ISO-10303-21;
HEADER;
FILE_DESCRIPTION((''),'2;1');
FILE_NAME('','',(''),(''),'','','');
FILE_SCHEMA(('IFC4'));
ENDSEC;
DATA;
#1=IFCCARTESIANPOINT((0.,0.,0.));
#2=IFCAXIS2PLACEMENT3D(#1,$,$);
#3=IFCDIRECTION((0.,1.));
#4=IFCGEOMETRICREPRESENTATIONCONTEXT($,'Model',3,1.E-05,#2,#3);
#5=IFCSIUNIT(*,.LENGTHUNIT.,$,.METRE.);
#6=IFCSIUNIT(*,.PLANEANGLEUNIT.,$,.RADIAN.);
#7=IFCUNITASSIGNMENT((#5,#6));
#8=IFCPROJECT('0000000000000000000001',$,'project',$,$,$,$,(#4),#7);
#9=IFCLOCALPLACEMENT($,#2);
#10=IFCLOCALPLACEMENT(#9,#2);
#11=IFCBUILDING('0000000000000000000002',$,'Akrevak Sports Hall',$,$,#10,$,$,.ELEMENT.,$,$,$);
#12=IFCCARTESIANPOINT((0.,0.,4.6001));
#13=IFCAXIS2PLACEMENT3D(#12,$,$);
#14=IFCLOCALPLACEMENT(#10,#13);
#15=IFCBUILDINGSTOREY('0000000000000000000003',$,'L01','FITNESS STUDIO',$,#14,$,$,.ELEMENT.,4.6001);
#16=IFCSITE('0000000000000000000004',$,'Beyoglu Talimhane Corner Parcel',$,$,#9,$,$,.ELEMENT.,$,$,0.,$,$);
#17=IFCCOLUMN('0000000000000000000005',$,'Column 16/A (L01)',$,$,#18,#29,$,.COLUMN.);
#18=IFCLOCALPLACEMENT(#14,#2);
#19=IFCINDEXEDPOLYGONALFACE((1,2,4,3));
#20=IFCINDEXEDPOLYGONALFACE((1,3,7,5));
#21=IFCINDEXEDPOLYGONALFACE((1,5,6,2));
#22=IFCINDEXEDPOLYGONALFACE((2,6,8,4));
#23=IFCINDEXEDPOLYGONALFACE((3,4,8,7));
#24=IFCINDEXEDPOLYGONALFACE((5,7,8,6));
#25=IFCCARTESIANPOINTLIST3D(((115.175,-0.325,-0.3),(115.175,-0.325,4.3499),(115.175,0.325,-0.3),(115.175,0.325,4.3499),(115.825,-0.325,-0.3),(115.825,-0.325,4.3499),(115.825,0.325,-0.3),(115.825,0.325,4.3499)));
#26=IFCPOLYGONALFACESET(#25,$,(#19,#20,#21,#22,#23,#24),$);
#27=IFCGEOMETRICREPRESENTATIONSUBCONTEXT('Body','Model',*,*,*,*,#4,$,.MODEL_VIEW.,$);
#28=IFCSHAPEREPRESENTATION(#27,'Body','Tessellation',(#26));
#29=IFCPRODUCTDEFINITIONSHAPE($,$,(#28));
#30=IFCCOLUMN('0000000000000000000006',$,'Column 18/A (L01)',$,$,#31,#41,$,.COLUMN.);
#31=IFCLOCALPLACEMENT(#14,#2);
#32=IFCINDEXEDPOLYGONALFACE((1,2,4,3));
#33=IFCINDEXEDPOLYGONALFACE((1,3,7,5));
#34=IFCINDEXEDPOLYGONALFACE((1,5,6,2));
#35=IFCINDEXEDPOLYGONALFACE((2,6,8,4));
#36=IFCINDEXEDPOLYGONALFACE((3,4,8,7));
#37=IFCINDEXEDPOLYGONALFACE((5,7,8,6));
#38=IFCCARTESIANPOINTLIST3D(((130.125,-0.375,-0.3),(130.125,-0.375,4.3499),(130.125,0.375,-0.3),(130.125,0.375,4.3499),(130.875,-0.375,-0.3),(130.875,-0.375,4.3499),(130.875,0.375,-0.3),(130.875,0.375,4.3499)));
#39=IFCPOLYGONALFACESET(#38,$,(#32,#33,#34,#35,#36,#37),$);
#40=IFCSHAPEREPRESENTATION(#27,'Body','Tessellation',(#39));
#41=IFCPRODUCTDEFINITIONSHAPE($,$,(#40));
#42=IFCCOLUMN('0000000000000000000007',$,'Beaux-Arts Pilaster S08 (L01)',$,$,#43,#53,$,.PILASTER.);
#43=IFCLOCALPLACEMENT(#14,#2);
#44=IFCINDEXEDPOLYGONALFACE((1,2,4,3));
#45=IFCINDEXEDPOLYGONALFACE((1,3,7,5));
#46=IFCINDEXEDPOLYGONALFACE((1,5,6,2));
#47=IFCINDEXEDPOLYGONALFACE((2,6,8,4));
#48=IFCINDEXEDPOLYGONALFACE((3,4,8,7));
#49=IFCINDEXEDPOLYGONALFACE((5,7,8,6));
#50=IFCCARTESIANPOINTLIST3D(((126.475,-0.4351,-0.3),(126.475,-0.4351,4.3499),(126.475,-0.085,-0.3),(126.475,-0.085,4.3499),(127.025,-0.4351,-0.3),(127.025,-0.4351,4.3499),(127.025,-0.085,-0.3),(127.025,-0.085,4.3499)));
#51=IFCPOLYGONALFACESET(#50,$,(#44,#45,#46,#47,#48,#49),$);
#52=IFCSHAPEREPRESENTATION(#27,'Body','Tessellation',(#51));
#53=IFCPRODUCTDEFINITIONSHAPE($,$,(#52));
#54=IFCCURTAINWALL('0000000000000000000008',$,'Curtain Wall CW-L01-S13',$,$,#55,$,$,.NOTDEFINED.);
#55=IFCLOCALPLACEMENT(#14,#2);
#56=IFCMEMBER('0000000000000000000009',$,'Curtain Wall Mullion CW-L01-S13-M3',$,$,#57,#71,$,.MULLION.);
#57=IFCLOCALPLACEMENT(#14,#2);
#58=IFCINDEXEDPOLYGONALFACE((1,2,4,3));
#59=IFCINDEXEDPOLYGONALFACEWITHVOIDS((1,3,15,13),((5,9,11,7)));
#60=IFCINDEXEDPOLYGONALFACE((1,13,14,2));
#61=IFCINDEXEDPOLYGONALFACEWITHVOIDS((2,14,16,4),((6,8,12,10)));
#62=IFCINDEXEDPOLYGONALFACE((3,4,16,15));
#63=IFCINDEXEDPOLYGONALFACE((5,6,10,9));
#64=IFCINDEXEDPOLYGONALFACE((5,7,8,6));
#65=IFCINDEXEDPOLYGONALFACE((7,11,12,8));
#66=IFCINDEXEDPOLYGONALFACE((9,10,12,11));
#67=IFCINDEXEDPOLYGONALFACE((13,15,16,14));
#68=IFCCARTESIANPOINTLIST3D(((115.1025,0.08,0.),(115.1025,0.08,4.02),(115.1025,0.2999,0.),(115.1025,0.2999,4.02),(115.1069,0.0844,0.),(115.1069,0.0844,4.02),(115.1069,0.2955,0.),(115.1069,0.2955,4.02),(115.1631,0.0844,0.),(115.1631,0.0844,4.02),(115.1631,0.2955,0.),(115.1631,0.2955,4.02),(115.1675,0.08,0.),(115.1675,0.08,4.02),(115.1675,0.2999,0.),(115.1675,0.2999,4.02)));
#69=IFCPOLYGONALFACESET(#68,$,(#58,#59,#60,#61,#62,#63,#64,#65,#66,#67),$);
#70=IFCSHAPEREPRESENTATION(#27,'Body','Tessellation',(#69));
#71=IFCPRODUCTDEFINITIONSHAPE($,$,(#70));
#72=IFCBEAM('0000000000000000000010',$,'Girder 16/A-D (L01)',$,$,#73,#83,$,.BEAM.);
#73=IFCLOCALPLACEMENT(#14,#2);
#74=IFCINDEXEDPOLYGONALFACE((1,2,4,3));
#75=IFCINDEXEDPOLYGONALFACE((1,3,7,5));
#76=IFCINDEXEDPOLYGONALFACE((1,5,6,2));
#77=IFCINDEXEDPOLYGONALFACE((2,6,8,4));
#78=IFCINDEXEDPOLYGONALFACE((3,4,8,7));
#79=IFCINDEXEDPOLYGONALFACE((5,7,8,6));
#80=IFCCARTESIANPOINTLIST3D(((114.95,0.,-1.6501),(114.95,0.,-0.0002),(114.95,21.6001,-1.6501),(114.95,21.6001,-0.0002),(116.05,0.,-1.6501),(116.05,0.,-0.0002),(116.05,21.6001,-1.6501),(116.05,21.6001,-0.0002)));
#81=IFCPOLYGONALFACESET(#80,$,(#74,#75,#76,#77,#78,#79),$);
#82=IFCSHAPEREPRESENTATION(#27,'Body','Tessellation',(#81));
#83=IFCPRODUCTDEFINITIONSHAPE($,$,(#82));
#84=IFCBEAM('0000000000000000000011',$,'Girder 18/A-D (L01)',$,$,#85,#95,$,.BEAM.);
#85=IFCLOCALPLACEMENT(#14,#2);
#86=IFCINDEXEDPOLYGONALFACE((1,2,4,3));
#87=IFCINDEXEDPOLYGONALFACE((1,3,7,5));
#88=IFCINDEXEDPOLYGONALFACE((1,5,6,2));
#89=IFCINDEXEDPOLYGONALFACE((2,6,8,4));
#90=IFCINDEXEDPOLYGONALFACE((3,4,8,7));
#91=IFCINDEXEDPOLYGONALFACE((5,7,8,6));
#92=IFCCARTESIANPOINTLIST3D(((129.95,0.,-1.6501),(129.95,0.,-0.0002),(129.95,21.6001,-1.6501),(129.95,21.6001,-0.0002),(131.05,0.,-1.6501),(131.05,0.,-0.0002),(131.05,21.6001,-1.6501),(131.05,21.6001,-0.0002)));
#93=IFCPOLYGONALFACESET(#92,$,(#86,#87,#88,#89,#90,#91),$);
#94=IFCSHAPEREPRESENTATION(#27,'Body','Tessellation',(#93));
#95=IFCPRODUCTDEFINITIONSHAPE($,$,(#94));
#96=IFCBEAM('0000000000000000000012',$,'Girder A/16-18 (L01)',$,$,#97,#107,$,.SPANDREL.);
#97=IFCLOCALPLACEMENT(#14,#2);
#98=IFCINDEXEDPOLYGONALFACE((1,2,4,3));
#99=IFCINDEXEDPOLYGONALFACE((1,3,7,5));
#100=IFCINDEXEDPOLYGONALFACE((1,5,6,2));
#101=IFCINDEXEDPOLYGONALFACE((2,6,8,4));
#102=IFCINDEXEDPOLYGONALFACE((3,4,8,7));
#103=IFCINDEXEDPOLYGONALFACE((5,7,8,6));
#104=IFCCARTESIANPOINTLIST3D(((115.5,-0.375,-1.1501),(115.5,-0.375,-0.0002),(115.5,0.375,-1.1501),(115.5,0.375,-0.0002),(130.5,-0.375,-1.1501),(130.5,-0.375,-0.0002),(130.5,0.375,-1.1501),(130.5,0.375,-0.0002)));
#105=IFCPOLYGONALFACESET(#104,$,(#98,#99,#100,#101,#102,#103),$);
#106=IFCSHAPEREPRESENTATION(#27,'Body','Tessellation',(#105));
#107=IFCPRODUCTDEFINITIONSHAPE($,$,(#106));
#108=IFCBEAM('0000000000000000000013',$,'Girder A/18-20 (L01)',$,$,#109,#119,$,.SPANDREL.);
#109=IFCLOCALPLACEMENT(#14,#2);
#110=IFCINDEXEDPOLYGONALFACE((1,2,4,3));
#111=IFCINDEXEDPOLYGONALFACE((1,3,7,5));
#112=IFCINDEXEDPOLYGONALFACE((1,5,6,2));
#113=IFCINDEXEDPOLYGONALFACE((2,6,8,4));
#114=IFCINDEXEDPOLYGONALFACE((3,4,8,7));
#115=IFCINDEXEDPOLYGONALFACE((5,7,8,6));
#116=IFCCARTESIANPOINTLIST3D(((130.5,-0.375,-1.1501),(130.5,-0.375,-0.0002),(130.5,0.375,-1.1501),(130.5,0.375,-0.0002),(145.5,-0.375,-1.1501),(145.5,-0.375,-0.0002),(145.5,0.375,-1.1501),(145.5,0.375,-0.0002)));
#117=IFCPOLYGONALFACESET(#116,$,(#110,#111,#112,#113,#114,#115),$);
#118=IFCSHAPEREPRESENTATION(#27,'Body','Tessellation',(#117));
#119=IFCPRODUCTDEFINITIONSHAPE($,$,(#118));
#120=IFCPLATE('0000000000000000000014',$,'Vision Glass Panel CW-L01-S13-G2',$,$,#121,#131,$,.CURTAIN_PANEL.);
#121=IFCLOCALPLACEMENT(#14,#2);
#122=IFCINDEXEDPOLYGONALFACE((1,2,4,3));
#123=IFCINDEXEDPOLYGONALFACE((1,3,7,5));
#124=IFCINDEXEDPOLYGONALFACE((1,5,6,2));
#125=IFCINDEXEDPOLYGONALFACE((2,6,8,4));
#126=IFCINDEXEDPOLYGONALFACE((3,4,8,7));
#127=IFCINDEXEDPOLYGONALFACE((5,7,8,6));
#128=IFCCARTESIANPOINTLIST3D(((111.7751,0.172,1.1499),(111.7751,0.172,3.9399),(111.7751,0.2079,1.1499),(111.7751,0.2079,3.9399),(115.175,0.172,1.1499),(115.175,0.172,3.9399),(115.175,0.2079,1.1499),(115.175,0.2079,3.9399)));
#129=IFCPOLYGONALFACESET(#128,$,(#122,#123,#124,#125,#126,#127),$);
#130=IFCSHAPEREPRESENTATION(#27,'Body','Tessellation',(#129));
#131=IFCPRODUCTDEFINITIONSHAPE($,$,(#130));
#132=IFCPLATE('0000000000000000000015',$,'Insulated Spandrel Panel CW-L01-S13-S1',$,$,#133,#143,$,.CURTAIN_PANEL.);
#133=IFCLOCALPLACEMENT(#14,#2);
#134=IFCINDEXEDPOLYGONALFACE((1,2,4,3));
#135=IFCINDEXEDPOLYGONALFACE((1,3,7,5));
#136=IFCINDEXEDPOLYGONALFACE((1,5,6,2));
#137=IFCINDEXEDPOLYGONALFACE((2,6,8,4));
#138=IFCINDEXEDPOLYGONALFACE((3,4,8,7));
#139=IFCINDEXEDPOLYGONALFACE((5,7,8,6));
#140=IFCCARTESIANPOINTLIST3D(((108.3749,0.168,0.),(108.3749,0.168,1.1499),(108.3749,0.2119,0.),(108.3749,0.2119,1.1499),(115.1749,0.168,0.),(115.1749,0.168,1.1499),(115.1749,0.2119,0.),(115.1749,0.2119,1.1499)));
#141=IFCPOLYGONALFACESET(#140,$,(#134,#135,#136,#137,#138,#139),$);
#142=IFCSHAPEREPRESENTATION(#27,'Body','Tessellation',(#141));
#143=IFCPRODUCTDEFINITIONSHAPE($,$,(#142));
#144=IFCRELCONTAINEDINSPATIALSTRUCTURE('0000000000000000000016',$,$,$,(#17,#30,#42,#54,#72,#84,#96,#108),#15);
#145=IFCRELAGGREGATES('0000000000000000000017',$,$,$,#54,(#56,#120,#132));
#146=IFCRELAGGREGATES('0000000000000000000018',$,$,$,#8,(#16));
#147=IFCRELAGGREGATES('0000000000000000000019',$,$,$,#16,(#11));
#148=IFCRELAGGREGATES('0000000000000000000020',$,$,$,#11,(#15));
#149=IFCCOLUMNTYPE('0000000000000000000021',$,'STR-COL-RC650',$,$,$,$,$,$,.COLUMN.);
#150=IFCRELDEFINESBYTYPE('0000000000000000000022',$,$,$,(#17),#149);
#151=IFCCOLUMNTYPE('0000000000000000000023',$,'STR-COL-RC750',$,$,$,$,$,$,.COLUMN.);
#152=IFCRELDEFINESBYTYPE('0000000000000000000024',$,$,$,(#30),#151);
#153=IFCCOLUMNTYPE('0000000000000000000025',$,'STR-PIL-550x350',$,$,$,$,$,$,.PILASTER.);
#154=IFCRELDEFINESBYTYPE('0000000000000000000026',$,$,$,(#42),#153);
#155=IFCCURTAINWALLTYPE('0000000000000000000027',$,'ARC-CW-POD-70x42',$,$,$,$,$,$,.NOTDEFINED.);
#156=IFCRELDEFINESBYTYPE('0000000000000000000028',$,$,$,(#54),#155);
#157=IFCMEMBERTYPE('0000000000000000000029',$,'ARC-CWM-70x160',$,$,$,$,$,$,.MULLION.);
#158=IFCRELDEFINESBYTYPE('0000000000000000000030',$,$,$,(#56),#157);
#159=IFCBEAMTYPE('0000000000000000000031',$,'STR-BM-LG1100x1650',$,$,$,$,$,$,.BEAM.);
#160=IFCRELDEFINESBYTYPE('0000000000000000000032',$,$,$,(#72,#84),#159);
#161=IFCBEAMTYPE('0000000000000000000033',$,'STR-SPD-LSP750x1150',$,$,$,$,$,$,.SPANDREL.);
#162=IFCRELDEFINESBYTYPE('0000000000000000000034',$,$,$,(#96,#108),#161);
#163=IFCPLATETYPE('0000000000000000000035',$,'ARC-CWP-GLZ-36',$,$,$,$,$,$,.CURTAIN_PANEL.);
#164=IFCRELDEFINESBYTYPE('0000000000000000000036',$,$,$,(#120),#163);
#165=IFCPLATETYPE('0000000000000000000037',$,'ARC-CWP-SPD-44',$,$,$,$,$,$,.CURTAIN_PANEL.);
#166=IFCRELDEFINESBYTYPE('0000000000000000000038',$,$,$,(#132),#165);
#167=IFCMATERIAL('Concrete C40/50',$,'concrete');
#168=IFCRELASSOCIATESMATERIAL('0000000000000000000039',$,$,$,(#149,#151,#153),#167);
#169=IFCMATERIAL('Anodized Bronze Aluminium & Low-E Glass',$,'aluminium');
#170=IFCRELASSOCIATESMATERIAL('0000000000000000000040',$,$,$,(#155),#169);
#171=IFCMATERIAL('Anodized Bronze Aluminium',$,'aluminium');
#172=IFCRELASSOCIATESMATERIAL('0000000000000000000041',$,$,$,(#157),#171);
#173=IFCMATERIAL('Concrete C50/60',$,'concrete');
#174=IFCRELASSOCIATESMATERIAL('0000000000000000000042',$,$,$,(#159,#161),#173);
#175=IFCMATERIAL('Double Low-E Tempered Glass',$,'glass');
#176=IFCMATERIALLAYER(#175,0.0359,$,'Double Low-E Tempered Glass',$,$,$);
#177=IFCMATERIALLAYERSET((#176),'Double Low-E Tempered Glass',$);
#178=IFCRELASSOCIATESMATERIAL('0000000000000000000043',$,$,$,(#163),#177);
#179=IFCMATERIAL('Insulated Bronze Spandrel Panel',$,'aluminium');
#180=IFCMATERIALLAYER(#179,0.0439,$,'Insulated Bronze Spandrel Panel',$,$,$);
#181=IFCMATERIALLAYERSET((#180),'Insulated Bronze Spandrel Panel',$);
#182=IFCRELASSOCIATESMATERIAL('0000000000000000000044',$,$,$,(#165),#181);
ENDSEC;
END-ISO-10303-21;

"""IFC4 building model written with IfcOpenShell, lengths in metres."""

from ifc_helpers import new_model, si_unit, direction, frame, origin, origin_2d, place, context, subcontext, project, spatial, rectangle, hollow_rectangle, extrude, material, layer, layer_set, material_profile, profile_set, type_object, element, aggregate, save


model = new_model("IFC4")

# Units and contexts
model_context = context("Model", 3, precision=1e-05, world=origin(), true_north=direction((0.0, 1.0)))
body_context = subcontext(model_context, "Body", "Model", "MODEL_VIEW")
ifc_project = project(units=[si_unit("LENGTHUNIT", "METRE"), si_unit("PLANEANGLEUNIT", "RADIAN")], contexts=[model_context])

# Site, building, storey
site_placement = place(None, origin())
site = spatial("IfcSite", under=ifc_project, at=site_placement, Name="Beyoglu Talimhane Corner Parcel", CompositionType="ELEMENT", RefElevation=0.0)
building_placement = place(site_placement, origin())
building = spatial("IfcBuilding", under=site, at=building_placement, Name="Akrevak Sports Hall", CompositionType="ELEMENT")
storey_placement = place(building_placement, frame((0.0, 0.0, 4.6001)))
storey = spatial("IfcBuildingStorey", under=building, at=storey_placement, Name="L01", Description="FITNESS STUDIO", CompositionType="ELEMENT", Elevation=4.6001)

# Columns
ifc_material_1 = material(Name="Concrete C40/50", Category="concrete")
ifc_material_profile_1 = material_profile(ifc_material_1, rectangle(XDim=0.6499, YDim=0.6499, at=origin_2d()), Name="RC 650x650", Category="concrete")
ifc_profile_set_1 = profile_set([ifc_material_profile_1], Name="Concrete C40/50")
column_type_1 = type_object("IfcColumnType", Name="STR-COL-RC650", PredefinedType="COLUMN", material=ifc_profile_set_1)
column_1_placement = place(storey_placement, frame((115.5, 0.0, -0.3), z_axis=(0.0, 0.0, 1.0), x_axis=(1.0, 0.0, 0.0)))
element("IfcColumn", 1, at=column_1_placement, inside=storey, type_object=column_type_1, Name="Column 16/A (L01)", PredefinedType="COLUMN", context=body_context, shape_type="SweptSolid", body=[
    extrude(rectangle(XDim=0.6499, YDim=0.6499, at=origin_2d()), origin(), (0.0, 0.0, 1.0), 4.6499),
])
ifc_material_profile_2 = material_profile(ifc_material_1, rectangle(XDim=0.75, YDim=0.75, at=origin_2d()), Name="RC 750x750", Category="concrete")
ifc_profile_set_2 = profile_set([ifc_material_profile_2], Name="Concrete C40/50")
column_type_2 = type_object("IfcColumnType", Name="STR-COL-RC750", PredefinedType="COLUMN", material=ifc_profile_set_2)
column_2_placement = place(storey_placement, frame((130.5, 0.0, -0.3), z_axis=(0.0, 0.0, 1.0), x_axis=(1.0, 0.0, 0.0)))
element("IfcColumn", 2, at=column_2_placement, inside=storey, type_object=column_type_2, Name="Column 18/A (L01)", PredefinedType="COLUMN", context=body_context, shape_type="SweptSolid", body=[
    extrude(rectangle(XDim=0.75, YDim=0.75, at=origin_2d()), origin(), (0.0, 0.0, 1.0), 4.6499),
])
ifc_material_profile_3 = material_profile(ifc_material_1, rectangle(XDim=0.55, YDim=0.3501, at=origin_2d()), Name="PIL 550x350", Category="concrete")
ifc_profile_set_3 = profile_set([ifc_material_profile_3], Name="Concrete C40/50")
column_type_3 = type_object("IfcColumnType", Name="STR-PIL-550x350", PredefinedType="PILASTER", material=ifc_profile_set_3)
column_3_placement = place(storey_placement, frame((126.75, -0.26, -0.3), z_axis=(0.0, 0.0, 1.0), x_axis=(1.0, 0.0, 0.0)))
element("IfcColumn", 3, at=column_3_placement, inside=storey, type_object=column_type_3, Name="Beaux-Arts Pilaster S08 (L01)", PredefinedType="PILASTER", context=body_context, shape_type="SweptSolid", body=[
    extrude(rectangle(XDim=0.55, YDim=0.3501, at=origin_2d()), origin(), (0.0, 0.0, 1.0), 4.6499),
])

# Curtain wall, member
ifc_material_2 = material(Name="Anodized Bronze Aluminium & Low-E Glass", Category="aluminium")
curtain_wall_type = type_object("IfcCurtainWallType", Name="ARC-CW-POD-70x42", PredefinedType="NOTDEFINED", material=ifc_material_2)
curtain_wall_placement = place(storey_placement, origin())
curtain_wall = element("IfcCurtainWall", 4, at=curtain_wall_placement, inside=storey, type_object=curtain_wall_type, Name="Curtain Wall CW-L01-S13", PredefinedType="NOTDEFINED")
ifc_material_3 = material(Name="Anodized Bronze Aluminium", Category="aluminium")
ifc_material_profile_4 = material_profile(ifc_material_3, hollow_rectangle(XDim=0.0649, YDim=0.22, WallThickness=0.0044, at=origin_2d()), Name="CWM 65x220", Category="aluminium")
ifc_profile_set_4 = profile_set([ifc_material_profile_4], Name="Anodized Bronze Aluminium")
member_type = type_object("IfcMemberType", Name="ARC-CWM-70x160", PredefinedType="MULLION", material=ifc_profile_set_4)
member_placement = place(storey_placement, frame((115.135, 0.1899, 0.0), z_axis=(0.0, 0.0, 1.0), x_axis=(1.0, 0.0, 0.0)))
member = element("IfcMember", 5, at=member_placement, type_object=member_type, Name="Curtain Wall Mullion CW-L01-S13-M3", PredefinedType="MULLION", context=body_context, shape_type="SweptSolid", body=[
    extrude(hollow_rectangle(XDim=0.0649, YDim=0.22, WallThickness=0.0044, at=origin_2d()), origin(), (0.0, 0.0, 1.0), 4.02),
])

# Beams
ifc_material_4 = material(Name="Concrete C50/60", Category="concrete")
ifc_material_profile_5 = material_profile(ifc_material_4, rectangle(XDim=1.1001, YDim=1.6499, at=origin_2d()), Name="BM 1100x1650", Category="concrete")
ifc_profile_set_5 = profile_set([ifc_material_profile_5], Name="Concrete C50/60")
beam_type_1 = type_object("IfcBeamType", Name="STR-BM-LG1100x1650", PredefinedType="BEAM", material=ifc_profile_set_5)
for number, where, z_axis, x_axis, name in (
    (6, (115.5, 0.0, -0.8252), (0.0, 1.0, 0.0), (-1.0, 0.0, 0.0), "Girder 16/A-D (L01)"),
    (7, (130.5, 0.0, -0.8252), (0.0, 1.0, 0.0), (-1.0, 0.0, 0.0), "Girder 18/A-D (L01)"),
):
    element("IfcBeam", number, at=place(storey_placement, frame(where, z_axis=z_axis, x_axis=x_axis)), inside=storey, type_object=beam_type_1, Name=name, PredefinedType="BEAM", context=body_context, shape_type="SweptSolid", body=[
        extrude(rectangle(XDim=1.1001, YDim=1.6499, at=origin_2d()), origin(), (0.0, 0.0, 1.0), 21.6001),
    ])
ifc_material_profile_6 = material_profile(ifc_material_4, rectangle(XDim=0.75, YDim=1.1499, at=origin_2d()), Name="SPD 750x1150", Category="concrete")
ifc_profile_set_6 = profile_set([ifc_material_profile_6], Name="Concrete C50/60")
beam_type_2 = type_object("IfcBeamType", Name="STR-SPD-LSP750x1150", PredefinedType="SPANDREL", material=ifc_profile_set_6)
for number, where, z_axis, x_axis, name in (
    (8, (115.5, 0.0, -0.5752), (1.0, 0.0, 0.0), (0.0, 1.0, 0.0), "Girder A/16-18 (L01)"),
    (9, (130.5, 0.0, -0.5752), (1.0, 0.0, 0.0), (0.0, 1.0, 0.0), "Girder A/18-20 (L01)"),
):
    element("IfcBeam", number, at=place(storey_placement, frame(where, z_axis=z_axis, x_axis=x_axis)), inside=storey, type_object=beam_type_2, Name=name, PredefinedType="SPANDREL", context=body_context, shape_type="SweptSolid", body=[
        extrude(rectangle(XDim=0.75, YDim=1.1499, at=origin_2d()), origin(), (0.0, 0.0, 1.0), 15.0),
    ])

# Plates
ifc_material_5 = material(Name="Double Low-E Tempered Glass", Category="glass")
ifc_layer_1 = layer(ifc_material_5, 0.0359, Name="Double Low-E Tempered Glass")
ifc_layer_set_1 = layer_set([ifc_layer_1], Name="Double Low-E Tempered Glass")
plate_type_1 = type_object("IfcPlateType", Name="ARC-CWP-GLZ-36", PredefinedType="CURTAIN_PANEL", material=ifc_layer_set_1)
plate_1_placement = place(storey_placement, frame((113.4751, 0.1899, 1.1499), z_axis=(0.0, 0.0, 1.0), x_axis=(1.0, 0.0, 0.0)))
plate_1 = element("IfcPlate", 10, at=plate_1_placement, type_object=plate_type_1, Name="Vision Glass Panel CW-L01-S13-G2", PredefinedType="CURTAIN_PANEL", context=body_context, shape_type="SweptSolid", body=[
    extrude(rectangle(XDim=3.3999, YDim=0.0359, at=origin_2d()), origin(), (0.0, 0.0, 1.0), 2.79),
])
ifc_material_6 = material(Name="Insulated Bronze Spandrel Panel", Category="aluminium")
ifc_layer_2 = layer(ifc_material_6, 0.0439, Name="Insulated Bronze Spandrel Panel")
ifc_layer_set_2 = layer_set([ifc_layer_2], Name="Insulated Bronze Spandrel Panel")
plate_type_2 = type_object("IfcPlateType", Name="ARC-CWP-SPD-44", PredefinedType="CURTAIN_PANEL", material=ifc_layer_set_2)
plate_2_placement = place(storey_placement, frame((111.7749, 0.1899, 0.0), z_axis=(0.0, 0.0, 1.0), x_axis=(1.0, 0.0, 0.0)))
plate_2 = element("IfcPlate", 11, at=plate_2_placement, type_object=plate_type_2, Name="Insulated Spandrel Panel CW-L01-S13-S1", PredefinedType="CURTAIN_PANEL", context=body_context, shape_type="SweptSolid", body=[
    extrude(rectangle(XDim=6.8, YDim=0.0439, at=origin_2d()), origin(), (0.0, 0.0, 1.0), 1.1499),
])
aggregate(curtain_wall, [member, plate_1, plate_2])

save(model, "model.ifc")
